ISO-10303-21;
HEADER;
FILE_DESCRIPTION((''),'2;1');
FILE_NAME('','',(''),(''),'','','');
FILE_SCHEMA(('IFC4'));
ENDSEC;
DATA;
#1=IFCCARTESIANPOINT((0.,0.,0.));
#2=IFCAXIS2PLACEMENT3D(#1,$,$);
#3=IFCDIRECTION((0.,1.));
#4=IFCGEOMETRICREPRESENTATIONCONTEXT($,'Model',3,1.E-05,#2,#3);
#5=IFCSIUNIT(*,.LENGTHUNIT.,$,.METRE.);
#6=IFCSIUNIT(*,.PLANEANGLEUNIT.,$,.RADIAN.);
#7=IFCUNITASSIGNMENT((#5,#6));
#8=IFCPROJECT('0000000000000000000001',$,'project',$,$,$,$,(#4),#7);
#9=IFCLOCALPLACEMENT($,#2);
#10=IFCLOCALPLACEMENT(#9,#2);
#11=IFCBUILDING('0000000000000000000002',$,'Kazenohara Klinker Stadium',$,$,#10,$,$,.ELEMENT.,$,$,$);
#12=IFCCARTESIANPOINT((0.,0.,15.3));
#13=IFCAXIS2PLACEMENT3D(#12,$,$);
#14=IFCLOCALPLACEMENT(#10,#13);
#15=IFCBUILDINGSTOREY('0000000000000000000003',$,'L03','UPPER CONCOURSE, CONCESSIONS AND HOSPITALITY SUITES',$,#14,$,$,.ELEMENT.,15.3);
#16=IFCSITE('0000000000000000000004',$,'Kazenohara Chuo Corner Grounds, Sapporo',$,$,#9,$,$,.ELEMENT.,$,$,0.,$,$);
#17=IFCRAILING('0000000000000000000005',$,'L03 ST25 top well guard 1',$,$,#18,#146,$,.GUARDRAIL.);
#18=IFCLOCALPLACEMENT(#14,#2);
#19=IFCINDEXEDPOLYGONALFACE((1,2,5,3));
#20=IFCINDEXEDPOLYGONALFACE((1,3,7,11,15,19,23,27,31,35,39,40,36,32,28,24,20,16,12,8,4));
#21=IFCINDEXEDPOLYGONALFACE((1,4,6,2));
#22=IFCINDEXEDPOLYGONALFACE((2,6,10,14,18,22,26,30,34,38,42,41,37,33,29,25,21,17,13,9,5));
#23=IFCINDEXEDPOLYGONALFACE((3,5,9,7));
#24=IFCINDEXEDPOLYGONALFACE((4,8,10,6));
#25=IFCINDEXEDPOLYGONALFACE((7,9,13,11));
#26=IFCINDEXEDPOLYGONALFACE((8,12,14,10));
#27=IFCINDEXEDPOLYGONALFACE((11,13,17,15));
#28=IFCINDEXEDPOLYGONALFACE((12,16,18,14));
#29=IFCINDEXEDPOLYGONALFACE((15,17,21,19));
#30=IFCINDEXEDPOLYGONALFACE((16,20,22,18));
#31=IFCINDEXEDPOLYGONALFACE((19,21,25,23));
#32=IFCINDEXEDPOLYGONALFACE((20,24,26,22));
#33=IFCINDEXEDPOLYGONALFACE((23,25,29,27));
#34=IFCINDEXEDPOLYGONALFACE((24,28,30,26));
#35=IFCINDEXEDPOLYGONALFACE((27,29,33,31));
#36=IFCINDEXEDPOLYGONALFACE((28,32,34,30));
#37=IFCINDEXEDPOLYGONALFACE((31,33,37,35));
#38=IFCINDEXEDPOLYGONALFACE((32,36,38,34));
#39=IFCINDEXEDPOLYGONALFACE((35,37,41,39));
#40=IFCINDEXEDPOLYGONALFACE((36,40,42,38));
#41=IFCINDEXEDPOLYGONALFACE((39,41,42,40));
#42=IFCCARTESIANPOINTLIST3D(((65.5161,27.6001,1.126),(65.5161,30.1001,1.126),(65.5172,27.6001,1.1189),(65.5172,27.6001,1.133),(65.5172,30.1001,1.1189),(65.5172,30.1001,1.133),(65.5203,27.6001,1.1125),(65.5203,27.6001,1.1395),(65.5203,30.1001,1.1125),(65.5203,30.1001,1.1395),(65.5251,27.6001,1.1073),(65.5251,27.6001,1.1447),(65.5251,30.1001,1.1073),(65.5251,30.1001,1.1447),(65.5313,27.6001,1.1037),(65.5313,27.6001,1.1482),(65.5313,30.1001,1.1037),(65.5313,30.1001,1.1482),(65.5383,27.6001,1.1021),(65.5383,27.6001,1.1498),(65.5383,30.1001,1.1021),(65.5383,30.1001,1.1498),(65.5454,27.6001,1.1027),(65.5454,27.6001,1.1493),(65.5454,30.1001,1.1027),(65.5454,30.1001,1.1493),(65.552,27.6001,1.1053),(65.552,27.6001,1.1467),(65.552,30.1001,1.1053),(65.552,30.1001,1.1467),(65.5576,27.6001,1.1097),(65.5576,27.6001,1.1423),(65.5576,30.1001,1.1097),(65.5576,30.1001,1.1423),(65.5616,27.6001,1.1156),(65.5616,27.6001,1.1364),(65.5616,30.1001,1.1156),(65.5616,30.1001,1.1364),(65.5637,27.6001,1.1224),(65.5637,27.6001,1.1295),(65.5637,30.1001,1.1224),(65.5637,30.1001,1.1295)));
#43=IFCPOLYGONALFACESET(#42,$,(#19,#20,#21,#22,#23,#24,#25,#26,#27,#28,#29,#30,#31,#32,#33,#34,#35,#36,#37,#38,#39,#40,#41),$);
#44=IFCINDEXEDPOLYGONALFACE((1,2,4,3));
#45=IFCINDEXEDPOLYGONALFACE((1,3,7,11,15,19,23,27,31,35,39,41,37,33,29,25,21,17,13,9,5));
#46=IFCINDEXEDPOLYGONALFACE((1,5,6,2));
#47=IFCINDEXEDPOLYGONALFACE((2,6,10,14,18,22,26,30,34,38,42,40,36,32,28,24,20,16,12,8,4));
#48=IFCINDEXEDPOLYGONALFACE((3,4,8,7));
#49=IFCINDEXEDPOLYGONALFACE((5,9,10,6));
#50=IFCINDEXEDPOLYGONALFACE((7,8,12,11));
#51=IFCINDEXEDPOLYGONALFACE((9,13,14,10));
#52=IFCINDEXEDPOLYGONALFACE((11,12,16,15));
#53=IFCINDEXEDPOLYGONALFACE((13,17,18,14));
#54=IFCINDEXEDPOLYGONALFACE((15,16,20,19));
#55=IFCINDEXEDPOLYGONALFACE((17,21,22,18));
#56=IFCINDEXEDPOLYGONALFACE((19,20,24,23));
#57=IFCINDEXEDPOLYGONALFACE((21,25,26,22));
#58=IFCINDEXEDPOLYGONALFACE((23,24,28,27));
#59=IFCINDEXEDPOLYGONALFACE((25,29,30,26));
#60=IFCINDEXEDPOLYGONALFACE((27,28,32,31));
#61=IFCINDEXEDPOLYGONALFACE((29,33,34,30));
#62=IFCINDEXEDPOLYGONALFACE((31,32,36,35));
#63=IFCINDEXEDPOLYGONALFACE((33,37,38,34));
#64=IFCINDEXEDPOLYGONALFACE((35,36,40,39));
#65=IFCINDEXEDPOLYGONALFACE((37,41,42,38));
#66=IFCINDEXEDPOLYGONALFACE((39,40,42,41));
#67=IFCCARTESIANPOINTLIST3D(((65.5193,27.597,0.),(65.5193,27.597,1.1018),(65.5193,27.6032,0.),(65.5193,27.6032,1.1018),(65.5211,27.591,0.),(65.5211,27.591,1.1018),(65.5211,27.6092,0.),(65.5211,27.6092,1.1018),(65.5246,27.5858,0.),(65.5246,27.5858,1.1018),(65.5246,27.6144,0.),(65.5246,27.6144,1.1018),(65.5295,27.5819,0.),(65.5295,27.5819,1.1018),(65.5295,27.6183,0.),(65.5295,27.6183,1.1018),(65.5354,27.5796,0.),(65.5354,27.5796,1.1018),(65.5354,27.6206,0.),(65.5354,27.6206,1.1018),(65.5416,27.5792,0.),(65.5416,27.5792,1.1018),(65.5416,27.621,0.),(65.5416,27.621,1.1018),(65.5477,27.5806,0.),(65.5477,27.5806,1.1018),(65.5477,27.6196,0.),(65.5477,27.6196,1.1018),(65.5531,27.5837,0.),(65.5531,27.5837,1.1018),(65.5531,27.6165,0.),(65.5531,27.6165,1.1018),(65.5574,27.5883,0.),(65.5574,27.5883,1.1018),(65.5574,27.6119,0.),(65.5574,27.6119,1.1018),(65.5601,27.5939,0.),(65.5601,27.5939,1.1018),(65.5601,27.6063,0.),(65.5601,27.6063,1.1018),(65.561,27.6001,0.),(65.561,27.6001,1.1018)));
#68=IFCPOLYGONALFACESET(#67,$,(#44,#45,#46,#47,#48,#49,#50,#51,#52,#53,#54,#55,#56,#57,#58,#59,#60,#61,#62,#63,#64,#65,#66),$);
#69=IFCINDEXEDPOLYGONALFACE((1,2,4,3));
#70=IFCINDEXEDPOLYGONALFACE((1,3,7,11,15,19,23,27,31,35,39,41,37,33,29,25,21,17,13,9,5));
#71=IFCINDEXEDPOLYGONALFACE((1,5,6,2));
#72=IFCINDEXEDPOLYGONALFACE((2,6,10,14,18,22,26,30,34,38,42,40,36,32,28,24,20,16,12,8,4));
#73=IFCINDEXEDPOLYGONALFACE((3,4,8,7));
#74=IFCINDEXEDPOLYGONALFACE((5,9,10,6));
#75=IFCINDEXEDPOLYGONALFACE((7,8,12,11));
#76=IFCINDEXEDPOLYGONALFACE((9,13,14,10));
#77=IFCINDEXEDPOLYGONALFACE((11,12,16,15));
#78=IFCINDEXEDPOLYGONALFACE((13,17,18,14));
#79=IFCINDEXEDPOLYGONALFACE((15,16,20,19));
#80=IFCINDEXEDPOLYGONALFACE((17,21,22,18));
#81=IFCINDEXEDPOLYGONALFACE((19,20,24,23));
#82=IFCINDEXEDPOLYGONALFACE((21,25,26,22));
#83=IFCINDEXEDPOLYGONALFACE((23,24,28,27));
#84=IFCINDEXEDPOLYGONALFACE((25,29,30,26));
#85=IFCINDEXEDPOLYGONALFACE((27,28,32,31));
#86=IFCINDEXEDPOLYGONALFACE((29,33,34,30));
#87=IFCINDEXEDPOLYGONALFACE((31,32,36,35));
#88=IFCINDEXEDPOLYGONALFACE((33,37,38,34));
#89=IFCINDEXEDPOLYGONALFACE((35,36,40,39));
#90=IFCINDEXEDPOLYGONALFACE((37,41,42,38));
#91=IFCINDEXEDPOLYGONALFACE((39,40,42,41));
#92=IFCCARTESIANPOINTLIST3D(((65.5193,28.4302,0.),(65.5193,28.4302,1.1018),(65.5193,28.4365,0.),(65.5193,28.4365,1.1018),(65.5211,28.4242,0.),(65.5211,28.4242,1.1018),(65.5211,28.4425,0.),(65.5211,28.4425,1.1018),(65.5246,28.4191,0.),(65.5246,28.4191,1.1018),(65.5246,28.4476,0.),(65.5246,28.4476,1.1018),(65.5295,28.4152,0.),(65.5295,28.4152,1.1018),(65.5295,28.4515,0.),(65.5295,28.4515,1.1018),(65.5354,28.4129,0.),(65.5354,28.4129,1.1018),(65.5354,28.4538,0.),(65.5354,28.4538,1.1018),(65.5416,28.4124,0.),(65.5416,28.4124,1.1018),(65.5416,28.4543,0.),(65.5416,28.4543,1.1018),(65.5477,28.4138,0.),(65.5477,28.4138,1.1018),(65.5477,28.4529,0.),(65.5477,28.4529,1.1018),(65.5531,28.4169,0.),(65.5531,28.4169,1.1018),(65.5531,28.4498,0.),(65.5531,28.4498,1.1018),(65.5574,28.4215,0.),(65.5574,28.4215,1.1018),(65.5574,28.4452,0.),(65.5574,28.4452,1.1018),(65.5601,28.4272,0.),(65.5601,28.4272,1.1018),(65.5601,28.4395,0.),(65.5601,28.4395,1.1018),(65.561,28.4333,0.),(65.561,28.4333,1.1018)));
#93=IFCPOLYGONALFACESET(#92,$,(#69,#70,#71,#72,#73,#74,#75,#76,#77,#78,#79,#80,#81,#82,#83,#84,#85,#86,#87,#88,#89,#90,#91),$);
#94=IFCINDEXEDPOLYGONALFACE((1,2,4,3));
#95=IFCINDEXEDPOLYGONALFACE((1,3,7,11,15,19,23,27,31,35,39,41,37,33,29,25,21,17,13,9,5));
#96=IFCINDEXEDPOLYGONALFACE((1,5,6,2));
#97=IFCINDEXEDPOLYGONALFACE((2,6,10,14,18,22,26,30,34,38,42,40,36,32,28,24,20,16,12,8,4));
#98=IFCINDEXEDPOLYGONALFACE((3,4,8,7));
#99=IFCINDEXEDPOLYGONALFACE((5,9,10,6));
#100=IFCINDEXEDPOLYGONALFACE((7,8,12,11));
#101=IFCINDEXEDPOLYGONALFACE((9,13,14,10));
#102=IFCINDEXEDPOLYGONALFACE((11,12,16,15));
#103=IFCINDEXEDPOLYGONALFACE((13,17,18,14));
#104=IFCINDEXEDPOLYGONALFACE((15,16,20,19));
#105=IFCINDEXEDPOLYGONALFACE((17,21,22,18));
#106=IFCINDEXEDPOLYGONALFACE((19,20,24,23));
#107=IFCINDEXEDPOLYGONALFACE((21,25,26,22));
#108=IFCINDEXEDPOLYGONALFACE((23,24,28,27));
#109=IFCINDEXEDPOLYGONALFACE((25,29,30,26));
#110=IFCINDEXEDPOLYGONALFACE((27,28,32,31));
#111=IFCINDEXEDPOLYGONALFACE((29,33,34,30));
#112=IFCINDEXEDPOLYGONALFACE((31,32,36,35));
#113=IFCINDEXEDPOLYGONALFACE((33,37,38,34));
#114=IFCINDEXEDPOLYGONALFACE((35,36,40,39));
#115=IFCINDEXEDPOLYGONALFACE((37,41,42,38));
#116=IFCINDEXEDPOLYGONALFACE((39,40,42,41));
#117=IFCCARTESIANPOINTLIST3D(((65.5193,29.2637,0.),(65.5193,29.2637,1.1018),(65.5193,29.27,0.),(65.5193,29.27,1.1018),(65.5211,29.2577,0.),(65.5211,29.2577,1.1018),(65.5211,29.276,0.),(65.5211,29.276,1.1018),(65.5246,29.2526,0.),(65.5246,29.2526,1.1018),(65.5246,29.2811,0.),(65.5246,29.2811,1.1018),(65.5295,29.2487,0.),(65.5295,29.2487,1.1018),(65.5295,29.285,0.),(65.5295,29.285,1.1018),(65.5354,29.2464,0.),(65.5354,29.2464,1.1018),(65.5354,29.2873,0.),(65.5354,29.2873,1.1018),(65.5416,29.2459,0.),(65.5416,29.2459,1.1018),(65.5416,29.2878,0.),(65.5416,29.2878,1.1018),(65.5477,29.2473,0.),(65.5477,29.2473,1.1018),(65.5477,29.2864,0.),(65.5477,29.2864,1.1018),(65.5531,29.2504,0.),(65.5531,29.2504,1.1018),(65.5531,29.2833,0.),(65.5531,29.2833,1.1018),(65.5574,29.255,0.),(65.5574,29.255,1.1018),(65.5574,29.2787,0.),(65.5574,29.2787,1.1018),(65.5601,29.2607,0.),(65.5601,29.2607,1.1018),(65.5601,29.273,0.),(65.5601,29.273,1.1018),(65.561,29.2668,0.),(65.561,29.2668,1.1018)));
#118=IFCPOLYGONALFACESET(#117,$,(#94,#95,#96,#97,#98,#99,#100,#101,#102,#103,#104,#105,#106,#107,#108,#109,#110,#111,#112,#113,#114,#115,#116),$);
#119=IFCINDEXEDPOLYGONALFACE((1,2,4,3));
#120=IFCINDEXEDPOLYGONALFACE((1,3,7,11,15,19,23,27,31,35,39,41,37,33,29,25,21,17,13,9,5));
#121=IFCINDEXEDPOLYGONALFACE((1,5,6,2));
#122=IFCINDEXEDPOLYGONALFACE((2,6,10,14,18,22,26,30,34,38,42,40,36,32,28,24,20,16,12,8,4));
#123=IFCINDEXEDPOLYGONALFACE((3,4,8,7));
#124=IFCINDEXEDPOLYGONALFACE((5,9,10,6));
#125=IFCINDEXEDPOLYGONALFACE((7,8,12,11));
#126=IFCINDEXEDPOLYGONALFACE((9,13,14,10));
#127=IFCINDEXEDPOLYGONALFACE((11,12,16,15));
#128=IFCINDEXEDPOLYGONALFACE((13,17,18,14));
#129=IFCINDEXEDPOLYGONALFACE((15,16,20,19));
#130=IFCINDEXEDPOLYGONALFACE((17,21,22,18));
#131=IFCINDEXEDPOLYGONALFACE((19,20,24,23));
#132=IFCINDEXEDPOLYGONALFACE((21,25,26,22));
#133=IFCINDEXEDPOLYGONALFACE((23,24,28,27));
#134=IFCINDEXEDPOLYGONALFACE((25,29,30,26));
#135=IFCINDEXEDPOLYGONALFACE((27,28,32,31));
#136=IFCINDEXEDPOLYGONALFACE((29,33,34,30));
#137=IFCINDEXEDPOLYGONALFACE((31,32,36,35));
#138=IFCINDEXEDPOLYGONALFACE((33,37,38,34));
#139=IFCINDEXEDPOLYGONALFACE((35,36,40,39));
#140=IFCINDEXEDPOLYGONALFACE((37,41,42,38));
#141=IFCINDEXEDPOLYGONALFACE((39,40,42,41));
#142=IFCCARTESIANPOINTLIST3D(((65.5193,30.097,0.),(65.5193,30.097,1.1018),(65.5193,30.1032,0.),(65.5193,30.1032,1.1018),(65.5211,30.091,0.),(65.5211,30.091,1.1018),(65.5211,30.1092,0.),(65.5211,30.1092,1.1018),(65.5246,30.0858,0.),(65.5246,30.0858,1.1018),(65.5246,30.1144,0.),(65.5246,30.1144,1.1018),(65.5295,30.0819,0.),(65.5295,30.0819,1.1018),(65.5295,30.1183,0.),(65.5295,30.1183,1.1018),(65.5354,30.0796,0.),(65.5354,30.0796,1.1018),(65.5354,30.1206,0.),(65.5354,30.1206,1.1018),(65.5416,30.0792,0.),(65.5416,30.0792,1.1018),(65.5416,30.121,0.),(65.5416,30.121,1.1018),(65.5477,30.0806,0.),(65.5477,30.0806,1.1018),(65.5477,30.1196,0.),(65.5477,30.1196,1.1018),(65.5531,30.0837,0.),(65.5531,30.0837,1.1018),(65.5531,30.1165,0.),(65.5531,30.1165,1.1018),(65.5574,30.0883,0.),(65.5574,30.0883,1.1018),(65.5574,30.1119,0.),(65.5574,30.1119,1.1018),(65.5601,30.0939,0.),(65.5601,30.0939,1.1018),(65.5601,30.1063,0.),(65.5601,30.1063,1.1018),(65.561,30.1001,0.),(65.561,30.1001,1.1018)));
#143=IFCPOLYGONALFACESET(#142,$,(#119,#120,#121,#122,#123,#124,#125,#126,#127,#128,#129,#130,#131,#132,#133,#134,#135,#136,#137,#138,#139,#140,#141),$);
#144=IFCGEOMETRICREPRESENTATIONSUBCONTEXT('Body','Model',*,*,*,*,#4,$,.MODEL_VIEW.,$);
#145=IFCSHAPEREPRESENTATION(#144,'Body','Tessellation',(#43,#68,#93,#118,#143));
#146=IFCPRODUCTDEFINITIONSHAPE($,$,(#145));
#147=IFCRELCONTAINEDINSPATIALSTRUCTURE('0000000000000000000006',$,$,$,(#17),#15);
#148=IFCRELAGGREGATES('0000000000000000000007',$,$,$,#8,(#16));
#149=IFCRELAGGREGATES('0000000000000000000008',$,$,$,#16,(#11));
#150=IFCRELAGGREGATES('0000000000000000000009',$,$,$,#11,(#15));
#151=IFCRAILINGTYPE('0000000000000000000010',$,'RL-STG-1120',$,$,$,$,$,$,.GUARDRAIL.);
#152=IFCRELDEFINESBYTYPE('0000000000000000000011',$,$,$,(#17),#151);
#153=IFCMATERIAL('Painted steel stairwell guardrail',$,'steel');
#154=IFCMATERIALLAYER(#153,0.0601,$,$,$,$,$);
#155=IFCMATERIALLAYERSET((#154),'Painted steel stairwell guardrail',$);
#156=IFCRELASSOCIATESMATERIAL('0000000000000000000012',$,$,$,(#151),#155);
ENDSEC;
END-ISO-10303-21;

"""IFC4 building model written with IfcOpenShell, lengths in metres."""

from ifc_helpers import new_model, si_unit, direction, frame, origin, origin_2d, place, context, subcontext, project, spatial, circle, extrude, material, layer, layer_set, type_object, element, save


model = new_model("IFC4")

# Units and contexts
model_context = context("Model", 3, precision=1e-05, world=origin(), true_north=direction((0.0, 1.0)))
body_context = subcontext(model_context, "Body", "Model", "MODEL_VIEW")
ifc_project = project(units=[si_unit("LENGTHUNIT", "METRE"), si_unit("PLANEANGLEUNIT", "RADIAN")], contexts=[model_context])

# Site, building, storey
site_placement = place(None, origin())
site = spatial("IfcSite", under=ifc_project, at=site_placement, Name="Kazenohara Chuo Corner Grounds, Sapporo", CompositionType="ELEMENT", RefElevation=0.0)
building_placement = place(site_placement, origin())
building = spatial("IfcBuilding", under=site, at=building_placement, Name="Kazenohara Klinker Stadium", CompositionType="ELEMENT")
storey_placement = place(building_placement, frame((0.0, 0.0, 15.3)))
storey = spatial("IfcBuildingStorey", under=building, at=storey_placement, Name="L03", Description="UPPER CONCOURSE, CONCESSIONS AND HOSPITALITY SUITES", CompositionType="ELEMENT", Elevation=15.3)

# Railing
ifc_material_1 = material(Name="Painted steel stairwell guardrail", Category="steel")
ifc_layer_1 = layer(ifc_material_1, 0.0601)
ifc_layer_set_1 = layer_set([ifc_layer_1], Name="Painted steel stairwell guardrail")
railing_type = type_object("IfcRailingType", Name="RL-STG-1120", PredefinedType="GUARDRAIL", material=ifc_layer_set_1)
railing_placement = place(storey_placement, frame((65.54, 27.6001, 0.0)))
element("IfcRailing", 1, at=railing_placement, inside=storey, type_object=railing_type, Name="L03 ST25 top well guard 1", PredefinedType="GUARDRAIL", context=body_context, shape_type="SweptSolid", body=[
    extrude(circle(Radius=0.0239, at=origin_2d()), frame((0.0, 0.0, 1.126), z_axis=(0.0, 1.0, 0.0), x_axis=(-1.0, 0.0, 0.0)), (0.0, 0.0, 1.0), 2.5),
    extrude(circle(Radius=0.021, at=origin_2d()), origin(), (0.0, 0.0, 1.0), 1.1018),
    extrude(circle(Radius=0.021, at=origin_2d()), frame((0.0, 0.8333, 0.0)), (0.0, 0.0, 1.0), 1.1018),
    extrude(circle(Radius=0.021, at=origin_2d()), frame((0.0, 1.6667, 0.0)), (0.0, 0.0, 1.0), 1.1018),
    extrude(circle(Radius=0.021, at=origin_2d()), frame((0.0, 2.5, 0.0)), (0.0, 0.0, 1.0), 1.1018),
])

save(model, "model.ifc")
